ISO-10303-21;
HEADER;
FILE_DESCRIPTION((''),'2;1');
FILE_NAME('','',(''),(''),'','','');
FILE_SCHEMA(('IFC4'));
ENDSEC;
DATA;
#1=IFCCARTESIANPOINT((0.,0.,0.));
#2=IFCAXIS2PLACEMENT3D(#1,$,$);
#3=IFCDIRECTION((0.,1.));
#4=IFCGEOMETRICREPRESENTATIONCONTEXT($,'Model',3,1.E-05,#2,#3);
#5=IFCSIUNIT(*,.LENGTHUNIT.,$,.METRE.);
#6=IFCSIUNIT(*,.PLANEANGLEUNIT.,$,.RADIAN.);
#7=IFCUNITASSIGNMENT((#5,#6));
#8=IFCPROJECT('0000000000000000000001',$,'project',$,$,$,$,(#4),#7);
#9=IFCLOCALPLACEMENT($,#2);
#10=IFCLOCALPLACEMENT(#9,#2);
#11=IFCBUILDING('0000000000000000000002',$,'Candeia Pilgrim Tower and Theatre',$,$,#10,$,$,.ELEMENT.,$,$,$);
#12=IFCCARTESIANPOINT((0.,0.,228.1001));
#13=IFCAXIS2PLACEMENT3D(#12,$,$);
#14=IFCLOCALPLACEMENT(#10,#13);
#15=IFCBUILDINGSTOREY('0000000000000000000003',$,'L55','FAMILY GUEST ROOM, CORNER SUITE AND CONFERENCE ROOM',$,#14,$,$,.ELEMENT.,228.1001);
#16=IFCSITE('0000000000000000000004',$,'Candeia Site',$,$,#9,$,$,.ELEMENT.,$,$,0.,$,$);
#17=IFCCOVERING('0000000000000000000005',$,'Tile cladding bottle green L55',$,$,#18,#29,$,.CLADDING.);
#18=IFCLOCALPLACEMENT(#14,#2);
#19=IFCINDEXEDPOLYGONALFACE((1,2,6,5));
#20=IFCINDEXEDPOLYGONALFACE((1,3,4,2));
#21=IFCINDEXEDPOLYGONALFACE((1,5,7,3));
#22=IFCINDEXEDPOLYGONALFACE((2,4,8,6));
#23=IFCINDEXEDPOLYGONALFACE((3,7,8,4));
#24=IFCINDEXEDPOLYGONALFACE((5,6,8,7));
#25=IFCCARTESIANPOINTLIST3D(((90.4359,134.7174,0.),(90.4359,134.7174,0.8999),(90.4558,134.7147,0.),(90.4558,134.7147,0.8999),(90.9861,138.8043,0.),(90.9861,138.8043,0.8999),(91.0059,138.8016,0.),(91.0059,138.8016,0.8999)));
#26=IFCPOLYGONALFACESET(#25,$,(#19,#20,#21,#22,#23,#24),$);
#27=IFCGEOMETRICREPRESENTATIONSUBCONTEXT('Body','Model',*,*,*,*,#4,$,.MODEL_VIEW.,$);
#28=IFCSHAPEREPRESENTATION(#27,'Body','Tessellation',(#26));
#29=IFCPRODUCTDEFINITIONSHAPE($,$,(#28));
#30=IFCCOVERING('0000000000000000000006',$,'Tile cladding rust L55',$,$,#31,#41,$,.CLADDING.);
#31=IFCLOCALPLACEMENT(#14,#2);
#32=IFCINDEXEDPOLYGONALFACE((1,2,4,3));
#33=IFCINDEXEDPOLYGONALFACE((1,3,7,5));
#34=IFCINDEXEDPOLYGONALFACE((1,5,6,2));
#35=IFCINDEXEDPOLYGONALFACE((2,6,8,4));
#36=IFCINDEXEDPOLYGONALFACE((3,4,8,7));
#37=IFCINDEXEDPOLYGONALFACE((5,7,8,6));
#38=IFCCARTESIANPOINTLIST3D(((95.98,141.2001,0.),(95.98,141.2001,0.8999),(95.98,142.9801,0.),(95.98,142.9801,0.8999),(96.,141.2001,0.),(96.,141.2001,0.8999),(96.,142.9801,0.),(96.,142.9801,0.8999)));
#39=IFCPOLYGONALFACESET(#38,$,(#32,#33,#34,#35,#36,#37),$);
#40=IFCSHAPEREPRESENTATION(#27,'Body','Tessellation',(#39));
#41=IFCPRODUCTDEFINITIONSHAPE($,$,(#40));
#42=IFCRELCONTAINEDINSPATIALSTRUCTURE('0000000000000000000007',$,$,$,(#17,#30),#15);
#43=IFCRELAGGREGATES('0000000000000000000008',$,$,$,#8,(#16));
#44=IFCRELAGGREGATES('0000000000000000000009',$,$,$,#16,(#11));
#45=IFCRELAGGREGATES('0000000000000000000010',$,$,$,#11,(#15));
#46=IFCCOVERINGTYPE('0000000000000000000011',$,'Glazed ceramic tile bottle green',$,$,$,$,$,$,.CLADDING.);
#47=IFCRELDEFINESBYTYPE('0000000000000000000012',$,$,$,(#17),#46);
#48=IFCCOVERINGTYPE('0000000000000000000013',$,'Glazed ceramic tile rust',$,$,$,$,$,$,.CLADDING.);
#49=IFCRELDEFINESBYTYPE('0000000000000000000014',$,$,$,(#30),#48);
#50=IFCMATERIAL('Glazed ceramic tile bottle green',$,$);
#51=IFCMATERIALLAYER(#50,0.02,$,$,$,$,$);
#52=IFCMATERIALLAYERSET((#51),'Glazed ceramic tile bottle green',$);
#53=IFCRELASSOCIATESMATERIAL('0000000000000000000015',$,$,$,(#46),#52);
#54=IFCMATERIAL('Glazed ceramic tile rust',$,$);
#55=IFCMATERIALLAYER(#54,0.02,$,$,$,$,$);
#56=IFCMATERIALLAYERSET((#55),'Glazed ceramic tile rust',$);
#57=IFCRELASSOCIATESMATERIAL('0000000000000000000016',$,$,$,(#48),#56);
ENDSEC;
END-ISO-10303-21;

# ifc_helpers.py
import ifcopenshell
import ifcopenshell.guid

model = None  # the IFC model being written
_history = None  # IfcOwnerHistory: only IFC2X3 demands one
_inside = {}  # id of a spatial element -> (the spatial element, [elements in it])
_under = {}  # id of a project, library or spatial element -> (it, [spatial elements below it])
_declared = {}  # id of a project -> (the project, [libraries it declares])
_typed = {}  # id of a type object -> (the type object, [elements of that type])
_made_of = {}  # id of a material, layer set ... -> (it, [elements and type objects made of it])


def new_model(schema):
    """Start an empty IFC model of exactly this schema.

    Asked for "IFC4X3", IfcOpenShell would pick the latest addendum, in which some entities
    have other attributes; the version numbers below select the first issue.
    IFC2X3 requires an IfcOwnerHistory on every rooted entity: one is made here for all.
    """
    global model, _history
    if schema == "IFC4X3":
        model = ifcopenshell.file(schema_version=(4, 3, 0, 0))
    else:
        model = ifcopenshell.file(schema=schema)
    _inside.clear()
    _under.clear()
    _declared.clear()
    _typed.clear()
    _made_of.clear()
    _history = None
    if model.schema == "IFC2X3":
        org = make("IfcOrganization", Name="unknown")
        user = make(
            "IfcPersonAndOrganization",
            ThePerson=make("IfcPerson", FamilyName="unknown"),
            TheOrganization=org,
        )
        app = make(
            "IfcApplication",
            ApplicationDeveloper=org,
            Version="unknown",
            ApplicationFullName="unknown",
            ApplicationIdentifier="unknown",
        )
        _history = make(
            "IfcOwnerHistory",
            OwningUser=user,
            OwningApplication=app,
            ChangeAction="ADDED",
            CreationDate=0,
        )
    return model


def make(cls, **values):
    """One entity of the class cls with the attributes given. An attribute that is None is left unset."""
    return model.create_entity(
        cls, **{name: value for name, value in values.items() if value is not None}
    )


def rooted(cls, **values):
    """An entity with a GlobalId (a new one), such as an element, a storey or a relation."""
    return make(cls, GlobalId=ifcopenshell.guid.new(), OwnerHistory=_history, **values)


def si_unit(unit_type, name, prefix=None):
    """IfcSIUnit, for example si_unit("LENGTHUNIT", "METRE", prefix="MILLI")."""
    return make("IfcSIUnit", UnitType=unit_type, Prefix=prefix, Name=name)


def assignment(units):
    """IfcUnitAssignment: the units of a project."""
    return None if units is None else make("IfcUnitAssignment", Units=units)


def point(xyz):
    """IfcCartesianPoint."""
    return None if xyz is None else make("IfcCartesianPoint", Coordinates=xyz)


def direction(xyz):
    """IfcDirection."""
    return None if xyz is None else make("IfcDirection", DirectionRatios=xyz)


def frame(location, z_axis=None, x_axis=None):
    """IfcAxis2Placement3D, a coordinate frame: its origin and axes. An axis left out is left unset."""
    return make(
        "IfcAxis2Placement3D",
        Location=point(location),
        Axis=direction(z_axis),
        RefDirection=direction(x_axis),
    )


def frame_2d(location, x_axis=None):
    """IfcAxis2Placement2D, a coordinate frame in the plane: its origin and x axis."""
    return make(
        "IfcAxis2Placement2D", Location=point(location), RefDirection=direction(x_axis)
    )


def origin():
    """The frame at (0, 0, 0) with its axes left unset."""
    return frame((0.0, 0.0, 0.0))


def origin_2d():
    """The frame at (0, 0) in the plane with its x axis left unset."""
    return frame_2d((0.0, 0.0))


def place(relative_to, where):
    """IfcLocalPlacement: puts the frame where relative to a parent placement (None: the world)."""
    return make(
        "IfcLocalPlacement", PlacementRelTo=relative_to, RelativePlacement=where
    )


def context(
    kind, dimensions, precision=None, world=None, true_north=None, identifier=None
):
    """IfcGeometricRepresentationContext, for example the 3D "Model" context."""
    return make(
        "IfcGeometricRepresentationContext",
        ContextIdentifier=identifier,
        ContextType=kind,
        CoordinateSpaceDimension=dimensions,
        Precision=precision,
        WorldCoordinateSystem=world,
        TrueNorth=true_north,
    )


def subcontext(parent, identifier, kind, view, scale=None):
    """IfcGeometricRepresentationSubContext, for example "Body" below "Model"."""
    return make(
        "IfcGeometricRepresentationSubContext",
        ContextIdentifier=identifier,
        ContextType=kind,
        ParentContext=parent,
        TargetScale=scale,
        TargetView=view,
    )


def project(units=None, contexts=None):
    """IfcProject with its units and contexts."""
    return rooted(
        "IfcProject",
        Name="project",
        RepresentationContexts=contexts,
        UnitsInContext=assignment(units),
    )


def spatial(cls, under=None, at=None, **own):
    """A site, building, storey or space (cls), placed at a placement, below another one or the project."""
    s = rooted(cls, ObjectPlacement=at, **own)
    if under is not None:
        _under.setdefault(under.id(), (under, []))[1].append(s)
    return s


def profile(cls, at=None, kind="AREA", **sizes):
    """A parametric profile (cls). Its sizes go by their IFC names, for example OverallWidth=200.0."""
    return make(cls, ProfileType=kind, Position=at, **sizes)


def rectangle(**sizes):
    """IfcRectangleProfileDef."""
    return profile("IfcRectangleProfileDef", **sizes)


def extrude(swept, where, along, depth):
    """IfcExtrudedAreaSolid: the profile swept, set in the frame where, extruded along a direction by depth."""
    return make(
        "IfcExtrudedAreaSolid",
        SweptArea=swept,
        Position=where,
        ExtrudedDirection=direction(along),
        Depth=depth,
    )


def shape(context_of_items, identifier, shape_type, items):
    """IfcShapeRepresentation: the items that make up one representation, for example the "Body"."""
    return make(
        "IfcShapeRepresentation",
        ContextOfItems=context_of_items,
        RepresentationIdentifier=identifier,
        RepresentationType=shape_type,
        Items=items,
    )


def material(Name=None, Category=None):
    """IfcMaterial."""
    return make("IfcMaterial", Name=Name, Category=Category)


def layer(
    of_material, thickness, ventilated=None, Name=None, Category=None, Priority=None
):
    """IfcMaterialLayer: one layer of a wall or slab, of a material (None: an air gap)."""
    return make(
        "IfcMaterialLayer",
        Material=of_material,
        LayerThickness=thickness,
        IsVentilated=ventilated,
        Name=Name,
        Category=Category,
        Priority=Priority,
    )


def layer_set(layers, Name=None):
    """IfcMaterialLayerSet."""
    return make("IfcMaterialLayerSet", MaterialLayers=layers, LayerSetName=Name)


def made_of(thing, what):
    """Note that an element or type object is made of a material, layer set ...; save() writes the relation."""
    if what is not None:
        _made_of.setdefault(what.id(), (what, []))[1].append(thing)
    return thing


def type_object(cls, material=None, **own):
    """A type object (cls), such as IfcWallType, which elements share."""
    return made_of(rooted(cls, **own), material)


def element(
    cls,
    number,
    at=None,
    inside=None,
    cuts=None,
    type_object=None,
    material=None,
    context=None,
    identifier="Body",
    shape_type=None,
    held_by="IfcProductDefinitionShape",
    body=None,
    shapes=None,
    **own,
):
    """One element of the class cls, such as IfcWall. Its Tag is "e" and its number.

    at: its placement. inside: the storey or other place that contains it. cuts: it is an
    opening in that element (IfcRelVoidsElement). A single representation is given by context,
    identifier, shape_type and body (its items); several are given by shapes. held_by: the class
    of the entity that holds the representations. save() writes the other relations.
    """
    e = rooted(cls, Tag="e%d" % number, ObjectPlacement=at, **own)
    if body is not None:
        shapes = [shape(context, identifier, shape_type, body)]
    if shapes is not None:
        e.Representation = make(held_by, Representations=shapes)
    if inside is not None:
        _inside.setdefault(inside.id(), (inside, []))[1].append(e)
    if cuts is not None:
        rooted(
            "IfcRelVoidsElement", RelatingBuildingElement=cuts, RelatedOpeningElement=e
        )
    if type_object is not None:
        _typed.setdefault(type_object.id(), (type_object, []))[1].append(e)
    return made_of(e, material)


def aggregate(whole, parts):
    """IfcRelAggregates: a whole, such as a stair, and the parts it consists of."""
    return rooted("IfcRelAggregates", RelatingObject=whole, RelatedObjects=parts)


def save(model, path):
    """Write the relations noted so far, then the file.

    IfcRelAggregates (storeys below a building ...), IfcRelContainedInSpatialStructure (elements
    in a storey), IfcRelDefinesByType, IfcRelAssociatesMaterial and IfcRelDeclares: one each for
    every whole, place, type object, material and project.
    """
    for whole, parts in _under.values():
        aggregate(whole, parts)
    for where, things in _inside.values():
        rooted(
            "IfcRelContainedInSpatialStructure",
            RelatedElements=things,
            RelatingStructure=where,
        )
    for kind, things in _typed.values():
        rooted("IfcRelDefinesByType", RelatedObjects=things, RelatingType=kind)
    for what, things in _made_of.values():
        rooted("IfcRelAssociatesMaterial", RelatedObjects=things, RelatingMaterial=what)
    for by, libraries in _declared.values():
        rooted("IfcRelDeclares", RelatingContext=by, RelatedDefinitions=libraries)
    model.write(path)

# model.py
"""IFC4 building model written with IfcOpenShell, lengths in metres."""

from ifc_helpers import new_model, si_unit, direction, frame, origin, origin_2d, place, context, subcontext, project, spatial, rectangle, extrude, material, layer, layer_set, type_object, element, save


model = new_model("IFC4")

# Units and contexts
model_context = context("Model", 3, precision=1e-05, world=origin(), true_north=direction((0.0, 1.0)))
body_context = subcontext(model_context, "Body", "Model", "MODEL_VIEW")
ifc_project = project(units=[si_unit("LENGTHUNIT", "METRE"), si_unit("PLANEANGLEUNIT", "RADIAN")], contexts=[model_context])

# Site, building, storey
site_placement = place(None, origin())
site = spatial("IfcSite", under=ifc_project, at=site_placement, Name="Candeia Site", CompositionType="ELEMENT", RefElevation=0.0)
building_placement = place(site_placement, origin())
building = spatial("IfcBuilding", under=site, at=building_placement, Name="Candeia Pilgrim Tower and Theatre", CompositionType="ELEMENT")
storey_placement = place(building_placement, frame((0.0, 0.0, 228.1001)))
storey = spatial("IfcBuildingStorey", under=building, at=storey_placement, Name="L55", Description="FAMILY GUEST ROOM, CORNER SUITE AND CONFERENCE ROOM", CompositionType="ELEMENT", Elevation=228.1001)

# Coverings
ifc_material_1 = material(Name="Glazed ceramic tile bottle green")
ifc_layer_1 = layer(ifc_material_1, 0.02)
ifc_layer_set_1 = layer_set([ifc_layer_1], Name="Glazed ceramic tile bottle green")
covering_type_1 = type_object("IfcCoveringType", Name="Glazed ceramic tile bottle green", PredefinedType="CLADDING", material=ifc_layer_set_1)
covering_1_placement = place(storey_placement, frame((90.7209, 136.7595, 0.0), z_axis=(0.0, 0.0, 1.0), x_axis=(-0.133412, -0.991061, 0.0)))
element("IfcCovering", 1, at=covering_1_placement, inside=storey, type_object=covering_type_1, Name="Tile cladding bottle green L55", PredefinedType="CLADDING", context=body_context, shape_type="SweptSolid", body=[
    extrude(rectangle(XDim=4.1238, YDim=0.02, at=origin_2d()), origin(), (0.0, 0.0, 1.0), 0.8999),
])
ifc_material_2 = material(Name="Glazed ceramic tile rust")
ifc_layer_2 = layer(ifc_material_2, 0.02)
ifc_layer_set_2 = layer_set([ifc_layer_2], Name="Glazed ceramic tile rust")
covering_type_2 = type_object("IfcCoveringType", Name="Glazed ceramic tile rust", PredefinedType="CLADDING", material=ifc_layer_set_2)
covering_2_placement = place(storey_placement, frame((95.99, 142.0901, 0.0), z_axis=(0.0, 0.0, 1.0), x_axis=(0.0, -1.0, 0.0)))
element("IfcCovering", 2, at=covering_2_placement, inside=storey, type_object=covering_type_2, Name="Tile cladding rust L55", PredefinedType="CLADDING", context=body_context, shape_type="SweptSolid", body=[
    extrude(rectangle(XDim=1.78, YDim=0.02, at=origin_2d()), origin(), (0.0, 0.0, 1.0), 0.8999),
])

save(model, "model.ifc")
